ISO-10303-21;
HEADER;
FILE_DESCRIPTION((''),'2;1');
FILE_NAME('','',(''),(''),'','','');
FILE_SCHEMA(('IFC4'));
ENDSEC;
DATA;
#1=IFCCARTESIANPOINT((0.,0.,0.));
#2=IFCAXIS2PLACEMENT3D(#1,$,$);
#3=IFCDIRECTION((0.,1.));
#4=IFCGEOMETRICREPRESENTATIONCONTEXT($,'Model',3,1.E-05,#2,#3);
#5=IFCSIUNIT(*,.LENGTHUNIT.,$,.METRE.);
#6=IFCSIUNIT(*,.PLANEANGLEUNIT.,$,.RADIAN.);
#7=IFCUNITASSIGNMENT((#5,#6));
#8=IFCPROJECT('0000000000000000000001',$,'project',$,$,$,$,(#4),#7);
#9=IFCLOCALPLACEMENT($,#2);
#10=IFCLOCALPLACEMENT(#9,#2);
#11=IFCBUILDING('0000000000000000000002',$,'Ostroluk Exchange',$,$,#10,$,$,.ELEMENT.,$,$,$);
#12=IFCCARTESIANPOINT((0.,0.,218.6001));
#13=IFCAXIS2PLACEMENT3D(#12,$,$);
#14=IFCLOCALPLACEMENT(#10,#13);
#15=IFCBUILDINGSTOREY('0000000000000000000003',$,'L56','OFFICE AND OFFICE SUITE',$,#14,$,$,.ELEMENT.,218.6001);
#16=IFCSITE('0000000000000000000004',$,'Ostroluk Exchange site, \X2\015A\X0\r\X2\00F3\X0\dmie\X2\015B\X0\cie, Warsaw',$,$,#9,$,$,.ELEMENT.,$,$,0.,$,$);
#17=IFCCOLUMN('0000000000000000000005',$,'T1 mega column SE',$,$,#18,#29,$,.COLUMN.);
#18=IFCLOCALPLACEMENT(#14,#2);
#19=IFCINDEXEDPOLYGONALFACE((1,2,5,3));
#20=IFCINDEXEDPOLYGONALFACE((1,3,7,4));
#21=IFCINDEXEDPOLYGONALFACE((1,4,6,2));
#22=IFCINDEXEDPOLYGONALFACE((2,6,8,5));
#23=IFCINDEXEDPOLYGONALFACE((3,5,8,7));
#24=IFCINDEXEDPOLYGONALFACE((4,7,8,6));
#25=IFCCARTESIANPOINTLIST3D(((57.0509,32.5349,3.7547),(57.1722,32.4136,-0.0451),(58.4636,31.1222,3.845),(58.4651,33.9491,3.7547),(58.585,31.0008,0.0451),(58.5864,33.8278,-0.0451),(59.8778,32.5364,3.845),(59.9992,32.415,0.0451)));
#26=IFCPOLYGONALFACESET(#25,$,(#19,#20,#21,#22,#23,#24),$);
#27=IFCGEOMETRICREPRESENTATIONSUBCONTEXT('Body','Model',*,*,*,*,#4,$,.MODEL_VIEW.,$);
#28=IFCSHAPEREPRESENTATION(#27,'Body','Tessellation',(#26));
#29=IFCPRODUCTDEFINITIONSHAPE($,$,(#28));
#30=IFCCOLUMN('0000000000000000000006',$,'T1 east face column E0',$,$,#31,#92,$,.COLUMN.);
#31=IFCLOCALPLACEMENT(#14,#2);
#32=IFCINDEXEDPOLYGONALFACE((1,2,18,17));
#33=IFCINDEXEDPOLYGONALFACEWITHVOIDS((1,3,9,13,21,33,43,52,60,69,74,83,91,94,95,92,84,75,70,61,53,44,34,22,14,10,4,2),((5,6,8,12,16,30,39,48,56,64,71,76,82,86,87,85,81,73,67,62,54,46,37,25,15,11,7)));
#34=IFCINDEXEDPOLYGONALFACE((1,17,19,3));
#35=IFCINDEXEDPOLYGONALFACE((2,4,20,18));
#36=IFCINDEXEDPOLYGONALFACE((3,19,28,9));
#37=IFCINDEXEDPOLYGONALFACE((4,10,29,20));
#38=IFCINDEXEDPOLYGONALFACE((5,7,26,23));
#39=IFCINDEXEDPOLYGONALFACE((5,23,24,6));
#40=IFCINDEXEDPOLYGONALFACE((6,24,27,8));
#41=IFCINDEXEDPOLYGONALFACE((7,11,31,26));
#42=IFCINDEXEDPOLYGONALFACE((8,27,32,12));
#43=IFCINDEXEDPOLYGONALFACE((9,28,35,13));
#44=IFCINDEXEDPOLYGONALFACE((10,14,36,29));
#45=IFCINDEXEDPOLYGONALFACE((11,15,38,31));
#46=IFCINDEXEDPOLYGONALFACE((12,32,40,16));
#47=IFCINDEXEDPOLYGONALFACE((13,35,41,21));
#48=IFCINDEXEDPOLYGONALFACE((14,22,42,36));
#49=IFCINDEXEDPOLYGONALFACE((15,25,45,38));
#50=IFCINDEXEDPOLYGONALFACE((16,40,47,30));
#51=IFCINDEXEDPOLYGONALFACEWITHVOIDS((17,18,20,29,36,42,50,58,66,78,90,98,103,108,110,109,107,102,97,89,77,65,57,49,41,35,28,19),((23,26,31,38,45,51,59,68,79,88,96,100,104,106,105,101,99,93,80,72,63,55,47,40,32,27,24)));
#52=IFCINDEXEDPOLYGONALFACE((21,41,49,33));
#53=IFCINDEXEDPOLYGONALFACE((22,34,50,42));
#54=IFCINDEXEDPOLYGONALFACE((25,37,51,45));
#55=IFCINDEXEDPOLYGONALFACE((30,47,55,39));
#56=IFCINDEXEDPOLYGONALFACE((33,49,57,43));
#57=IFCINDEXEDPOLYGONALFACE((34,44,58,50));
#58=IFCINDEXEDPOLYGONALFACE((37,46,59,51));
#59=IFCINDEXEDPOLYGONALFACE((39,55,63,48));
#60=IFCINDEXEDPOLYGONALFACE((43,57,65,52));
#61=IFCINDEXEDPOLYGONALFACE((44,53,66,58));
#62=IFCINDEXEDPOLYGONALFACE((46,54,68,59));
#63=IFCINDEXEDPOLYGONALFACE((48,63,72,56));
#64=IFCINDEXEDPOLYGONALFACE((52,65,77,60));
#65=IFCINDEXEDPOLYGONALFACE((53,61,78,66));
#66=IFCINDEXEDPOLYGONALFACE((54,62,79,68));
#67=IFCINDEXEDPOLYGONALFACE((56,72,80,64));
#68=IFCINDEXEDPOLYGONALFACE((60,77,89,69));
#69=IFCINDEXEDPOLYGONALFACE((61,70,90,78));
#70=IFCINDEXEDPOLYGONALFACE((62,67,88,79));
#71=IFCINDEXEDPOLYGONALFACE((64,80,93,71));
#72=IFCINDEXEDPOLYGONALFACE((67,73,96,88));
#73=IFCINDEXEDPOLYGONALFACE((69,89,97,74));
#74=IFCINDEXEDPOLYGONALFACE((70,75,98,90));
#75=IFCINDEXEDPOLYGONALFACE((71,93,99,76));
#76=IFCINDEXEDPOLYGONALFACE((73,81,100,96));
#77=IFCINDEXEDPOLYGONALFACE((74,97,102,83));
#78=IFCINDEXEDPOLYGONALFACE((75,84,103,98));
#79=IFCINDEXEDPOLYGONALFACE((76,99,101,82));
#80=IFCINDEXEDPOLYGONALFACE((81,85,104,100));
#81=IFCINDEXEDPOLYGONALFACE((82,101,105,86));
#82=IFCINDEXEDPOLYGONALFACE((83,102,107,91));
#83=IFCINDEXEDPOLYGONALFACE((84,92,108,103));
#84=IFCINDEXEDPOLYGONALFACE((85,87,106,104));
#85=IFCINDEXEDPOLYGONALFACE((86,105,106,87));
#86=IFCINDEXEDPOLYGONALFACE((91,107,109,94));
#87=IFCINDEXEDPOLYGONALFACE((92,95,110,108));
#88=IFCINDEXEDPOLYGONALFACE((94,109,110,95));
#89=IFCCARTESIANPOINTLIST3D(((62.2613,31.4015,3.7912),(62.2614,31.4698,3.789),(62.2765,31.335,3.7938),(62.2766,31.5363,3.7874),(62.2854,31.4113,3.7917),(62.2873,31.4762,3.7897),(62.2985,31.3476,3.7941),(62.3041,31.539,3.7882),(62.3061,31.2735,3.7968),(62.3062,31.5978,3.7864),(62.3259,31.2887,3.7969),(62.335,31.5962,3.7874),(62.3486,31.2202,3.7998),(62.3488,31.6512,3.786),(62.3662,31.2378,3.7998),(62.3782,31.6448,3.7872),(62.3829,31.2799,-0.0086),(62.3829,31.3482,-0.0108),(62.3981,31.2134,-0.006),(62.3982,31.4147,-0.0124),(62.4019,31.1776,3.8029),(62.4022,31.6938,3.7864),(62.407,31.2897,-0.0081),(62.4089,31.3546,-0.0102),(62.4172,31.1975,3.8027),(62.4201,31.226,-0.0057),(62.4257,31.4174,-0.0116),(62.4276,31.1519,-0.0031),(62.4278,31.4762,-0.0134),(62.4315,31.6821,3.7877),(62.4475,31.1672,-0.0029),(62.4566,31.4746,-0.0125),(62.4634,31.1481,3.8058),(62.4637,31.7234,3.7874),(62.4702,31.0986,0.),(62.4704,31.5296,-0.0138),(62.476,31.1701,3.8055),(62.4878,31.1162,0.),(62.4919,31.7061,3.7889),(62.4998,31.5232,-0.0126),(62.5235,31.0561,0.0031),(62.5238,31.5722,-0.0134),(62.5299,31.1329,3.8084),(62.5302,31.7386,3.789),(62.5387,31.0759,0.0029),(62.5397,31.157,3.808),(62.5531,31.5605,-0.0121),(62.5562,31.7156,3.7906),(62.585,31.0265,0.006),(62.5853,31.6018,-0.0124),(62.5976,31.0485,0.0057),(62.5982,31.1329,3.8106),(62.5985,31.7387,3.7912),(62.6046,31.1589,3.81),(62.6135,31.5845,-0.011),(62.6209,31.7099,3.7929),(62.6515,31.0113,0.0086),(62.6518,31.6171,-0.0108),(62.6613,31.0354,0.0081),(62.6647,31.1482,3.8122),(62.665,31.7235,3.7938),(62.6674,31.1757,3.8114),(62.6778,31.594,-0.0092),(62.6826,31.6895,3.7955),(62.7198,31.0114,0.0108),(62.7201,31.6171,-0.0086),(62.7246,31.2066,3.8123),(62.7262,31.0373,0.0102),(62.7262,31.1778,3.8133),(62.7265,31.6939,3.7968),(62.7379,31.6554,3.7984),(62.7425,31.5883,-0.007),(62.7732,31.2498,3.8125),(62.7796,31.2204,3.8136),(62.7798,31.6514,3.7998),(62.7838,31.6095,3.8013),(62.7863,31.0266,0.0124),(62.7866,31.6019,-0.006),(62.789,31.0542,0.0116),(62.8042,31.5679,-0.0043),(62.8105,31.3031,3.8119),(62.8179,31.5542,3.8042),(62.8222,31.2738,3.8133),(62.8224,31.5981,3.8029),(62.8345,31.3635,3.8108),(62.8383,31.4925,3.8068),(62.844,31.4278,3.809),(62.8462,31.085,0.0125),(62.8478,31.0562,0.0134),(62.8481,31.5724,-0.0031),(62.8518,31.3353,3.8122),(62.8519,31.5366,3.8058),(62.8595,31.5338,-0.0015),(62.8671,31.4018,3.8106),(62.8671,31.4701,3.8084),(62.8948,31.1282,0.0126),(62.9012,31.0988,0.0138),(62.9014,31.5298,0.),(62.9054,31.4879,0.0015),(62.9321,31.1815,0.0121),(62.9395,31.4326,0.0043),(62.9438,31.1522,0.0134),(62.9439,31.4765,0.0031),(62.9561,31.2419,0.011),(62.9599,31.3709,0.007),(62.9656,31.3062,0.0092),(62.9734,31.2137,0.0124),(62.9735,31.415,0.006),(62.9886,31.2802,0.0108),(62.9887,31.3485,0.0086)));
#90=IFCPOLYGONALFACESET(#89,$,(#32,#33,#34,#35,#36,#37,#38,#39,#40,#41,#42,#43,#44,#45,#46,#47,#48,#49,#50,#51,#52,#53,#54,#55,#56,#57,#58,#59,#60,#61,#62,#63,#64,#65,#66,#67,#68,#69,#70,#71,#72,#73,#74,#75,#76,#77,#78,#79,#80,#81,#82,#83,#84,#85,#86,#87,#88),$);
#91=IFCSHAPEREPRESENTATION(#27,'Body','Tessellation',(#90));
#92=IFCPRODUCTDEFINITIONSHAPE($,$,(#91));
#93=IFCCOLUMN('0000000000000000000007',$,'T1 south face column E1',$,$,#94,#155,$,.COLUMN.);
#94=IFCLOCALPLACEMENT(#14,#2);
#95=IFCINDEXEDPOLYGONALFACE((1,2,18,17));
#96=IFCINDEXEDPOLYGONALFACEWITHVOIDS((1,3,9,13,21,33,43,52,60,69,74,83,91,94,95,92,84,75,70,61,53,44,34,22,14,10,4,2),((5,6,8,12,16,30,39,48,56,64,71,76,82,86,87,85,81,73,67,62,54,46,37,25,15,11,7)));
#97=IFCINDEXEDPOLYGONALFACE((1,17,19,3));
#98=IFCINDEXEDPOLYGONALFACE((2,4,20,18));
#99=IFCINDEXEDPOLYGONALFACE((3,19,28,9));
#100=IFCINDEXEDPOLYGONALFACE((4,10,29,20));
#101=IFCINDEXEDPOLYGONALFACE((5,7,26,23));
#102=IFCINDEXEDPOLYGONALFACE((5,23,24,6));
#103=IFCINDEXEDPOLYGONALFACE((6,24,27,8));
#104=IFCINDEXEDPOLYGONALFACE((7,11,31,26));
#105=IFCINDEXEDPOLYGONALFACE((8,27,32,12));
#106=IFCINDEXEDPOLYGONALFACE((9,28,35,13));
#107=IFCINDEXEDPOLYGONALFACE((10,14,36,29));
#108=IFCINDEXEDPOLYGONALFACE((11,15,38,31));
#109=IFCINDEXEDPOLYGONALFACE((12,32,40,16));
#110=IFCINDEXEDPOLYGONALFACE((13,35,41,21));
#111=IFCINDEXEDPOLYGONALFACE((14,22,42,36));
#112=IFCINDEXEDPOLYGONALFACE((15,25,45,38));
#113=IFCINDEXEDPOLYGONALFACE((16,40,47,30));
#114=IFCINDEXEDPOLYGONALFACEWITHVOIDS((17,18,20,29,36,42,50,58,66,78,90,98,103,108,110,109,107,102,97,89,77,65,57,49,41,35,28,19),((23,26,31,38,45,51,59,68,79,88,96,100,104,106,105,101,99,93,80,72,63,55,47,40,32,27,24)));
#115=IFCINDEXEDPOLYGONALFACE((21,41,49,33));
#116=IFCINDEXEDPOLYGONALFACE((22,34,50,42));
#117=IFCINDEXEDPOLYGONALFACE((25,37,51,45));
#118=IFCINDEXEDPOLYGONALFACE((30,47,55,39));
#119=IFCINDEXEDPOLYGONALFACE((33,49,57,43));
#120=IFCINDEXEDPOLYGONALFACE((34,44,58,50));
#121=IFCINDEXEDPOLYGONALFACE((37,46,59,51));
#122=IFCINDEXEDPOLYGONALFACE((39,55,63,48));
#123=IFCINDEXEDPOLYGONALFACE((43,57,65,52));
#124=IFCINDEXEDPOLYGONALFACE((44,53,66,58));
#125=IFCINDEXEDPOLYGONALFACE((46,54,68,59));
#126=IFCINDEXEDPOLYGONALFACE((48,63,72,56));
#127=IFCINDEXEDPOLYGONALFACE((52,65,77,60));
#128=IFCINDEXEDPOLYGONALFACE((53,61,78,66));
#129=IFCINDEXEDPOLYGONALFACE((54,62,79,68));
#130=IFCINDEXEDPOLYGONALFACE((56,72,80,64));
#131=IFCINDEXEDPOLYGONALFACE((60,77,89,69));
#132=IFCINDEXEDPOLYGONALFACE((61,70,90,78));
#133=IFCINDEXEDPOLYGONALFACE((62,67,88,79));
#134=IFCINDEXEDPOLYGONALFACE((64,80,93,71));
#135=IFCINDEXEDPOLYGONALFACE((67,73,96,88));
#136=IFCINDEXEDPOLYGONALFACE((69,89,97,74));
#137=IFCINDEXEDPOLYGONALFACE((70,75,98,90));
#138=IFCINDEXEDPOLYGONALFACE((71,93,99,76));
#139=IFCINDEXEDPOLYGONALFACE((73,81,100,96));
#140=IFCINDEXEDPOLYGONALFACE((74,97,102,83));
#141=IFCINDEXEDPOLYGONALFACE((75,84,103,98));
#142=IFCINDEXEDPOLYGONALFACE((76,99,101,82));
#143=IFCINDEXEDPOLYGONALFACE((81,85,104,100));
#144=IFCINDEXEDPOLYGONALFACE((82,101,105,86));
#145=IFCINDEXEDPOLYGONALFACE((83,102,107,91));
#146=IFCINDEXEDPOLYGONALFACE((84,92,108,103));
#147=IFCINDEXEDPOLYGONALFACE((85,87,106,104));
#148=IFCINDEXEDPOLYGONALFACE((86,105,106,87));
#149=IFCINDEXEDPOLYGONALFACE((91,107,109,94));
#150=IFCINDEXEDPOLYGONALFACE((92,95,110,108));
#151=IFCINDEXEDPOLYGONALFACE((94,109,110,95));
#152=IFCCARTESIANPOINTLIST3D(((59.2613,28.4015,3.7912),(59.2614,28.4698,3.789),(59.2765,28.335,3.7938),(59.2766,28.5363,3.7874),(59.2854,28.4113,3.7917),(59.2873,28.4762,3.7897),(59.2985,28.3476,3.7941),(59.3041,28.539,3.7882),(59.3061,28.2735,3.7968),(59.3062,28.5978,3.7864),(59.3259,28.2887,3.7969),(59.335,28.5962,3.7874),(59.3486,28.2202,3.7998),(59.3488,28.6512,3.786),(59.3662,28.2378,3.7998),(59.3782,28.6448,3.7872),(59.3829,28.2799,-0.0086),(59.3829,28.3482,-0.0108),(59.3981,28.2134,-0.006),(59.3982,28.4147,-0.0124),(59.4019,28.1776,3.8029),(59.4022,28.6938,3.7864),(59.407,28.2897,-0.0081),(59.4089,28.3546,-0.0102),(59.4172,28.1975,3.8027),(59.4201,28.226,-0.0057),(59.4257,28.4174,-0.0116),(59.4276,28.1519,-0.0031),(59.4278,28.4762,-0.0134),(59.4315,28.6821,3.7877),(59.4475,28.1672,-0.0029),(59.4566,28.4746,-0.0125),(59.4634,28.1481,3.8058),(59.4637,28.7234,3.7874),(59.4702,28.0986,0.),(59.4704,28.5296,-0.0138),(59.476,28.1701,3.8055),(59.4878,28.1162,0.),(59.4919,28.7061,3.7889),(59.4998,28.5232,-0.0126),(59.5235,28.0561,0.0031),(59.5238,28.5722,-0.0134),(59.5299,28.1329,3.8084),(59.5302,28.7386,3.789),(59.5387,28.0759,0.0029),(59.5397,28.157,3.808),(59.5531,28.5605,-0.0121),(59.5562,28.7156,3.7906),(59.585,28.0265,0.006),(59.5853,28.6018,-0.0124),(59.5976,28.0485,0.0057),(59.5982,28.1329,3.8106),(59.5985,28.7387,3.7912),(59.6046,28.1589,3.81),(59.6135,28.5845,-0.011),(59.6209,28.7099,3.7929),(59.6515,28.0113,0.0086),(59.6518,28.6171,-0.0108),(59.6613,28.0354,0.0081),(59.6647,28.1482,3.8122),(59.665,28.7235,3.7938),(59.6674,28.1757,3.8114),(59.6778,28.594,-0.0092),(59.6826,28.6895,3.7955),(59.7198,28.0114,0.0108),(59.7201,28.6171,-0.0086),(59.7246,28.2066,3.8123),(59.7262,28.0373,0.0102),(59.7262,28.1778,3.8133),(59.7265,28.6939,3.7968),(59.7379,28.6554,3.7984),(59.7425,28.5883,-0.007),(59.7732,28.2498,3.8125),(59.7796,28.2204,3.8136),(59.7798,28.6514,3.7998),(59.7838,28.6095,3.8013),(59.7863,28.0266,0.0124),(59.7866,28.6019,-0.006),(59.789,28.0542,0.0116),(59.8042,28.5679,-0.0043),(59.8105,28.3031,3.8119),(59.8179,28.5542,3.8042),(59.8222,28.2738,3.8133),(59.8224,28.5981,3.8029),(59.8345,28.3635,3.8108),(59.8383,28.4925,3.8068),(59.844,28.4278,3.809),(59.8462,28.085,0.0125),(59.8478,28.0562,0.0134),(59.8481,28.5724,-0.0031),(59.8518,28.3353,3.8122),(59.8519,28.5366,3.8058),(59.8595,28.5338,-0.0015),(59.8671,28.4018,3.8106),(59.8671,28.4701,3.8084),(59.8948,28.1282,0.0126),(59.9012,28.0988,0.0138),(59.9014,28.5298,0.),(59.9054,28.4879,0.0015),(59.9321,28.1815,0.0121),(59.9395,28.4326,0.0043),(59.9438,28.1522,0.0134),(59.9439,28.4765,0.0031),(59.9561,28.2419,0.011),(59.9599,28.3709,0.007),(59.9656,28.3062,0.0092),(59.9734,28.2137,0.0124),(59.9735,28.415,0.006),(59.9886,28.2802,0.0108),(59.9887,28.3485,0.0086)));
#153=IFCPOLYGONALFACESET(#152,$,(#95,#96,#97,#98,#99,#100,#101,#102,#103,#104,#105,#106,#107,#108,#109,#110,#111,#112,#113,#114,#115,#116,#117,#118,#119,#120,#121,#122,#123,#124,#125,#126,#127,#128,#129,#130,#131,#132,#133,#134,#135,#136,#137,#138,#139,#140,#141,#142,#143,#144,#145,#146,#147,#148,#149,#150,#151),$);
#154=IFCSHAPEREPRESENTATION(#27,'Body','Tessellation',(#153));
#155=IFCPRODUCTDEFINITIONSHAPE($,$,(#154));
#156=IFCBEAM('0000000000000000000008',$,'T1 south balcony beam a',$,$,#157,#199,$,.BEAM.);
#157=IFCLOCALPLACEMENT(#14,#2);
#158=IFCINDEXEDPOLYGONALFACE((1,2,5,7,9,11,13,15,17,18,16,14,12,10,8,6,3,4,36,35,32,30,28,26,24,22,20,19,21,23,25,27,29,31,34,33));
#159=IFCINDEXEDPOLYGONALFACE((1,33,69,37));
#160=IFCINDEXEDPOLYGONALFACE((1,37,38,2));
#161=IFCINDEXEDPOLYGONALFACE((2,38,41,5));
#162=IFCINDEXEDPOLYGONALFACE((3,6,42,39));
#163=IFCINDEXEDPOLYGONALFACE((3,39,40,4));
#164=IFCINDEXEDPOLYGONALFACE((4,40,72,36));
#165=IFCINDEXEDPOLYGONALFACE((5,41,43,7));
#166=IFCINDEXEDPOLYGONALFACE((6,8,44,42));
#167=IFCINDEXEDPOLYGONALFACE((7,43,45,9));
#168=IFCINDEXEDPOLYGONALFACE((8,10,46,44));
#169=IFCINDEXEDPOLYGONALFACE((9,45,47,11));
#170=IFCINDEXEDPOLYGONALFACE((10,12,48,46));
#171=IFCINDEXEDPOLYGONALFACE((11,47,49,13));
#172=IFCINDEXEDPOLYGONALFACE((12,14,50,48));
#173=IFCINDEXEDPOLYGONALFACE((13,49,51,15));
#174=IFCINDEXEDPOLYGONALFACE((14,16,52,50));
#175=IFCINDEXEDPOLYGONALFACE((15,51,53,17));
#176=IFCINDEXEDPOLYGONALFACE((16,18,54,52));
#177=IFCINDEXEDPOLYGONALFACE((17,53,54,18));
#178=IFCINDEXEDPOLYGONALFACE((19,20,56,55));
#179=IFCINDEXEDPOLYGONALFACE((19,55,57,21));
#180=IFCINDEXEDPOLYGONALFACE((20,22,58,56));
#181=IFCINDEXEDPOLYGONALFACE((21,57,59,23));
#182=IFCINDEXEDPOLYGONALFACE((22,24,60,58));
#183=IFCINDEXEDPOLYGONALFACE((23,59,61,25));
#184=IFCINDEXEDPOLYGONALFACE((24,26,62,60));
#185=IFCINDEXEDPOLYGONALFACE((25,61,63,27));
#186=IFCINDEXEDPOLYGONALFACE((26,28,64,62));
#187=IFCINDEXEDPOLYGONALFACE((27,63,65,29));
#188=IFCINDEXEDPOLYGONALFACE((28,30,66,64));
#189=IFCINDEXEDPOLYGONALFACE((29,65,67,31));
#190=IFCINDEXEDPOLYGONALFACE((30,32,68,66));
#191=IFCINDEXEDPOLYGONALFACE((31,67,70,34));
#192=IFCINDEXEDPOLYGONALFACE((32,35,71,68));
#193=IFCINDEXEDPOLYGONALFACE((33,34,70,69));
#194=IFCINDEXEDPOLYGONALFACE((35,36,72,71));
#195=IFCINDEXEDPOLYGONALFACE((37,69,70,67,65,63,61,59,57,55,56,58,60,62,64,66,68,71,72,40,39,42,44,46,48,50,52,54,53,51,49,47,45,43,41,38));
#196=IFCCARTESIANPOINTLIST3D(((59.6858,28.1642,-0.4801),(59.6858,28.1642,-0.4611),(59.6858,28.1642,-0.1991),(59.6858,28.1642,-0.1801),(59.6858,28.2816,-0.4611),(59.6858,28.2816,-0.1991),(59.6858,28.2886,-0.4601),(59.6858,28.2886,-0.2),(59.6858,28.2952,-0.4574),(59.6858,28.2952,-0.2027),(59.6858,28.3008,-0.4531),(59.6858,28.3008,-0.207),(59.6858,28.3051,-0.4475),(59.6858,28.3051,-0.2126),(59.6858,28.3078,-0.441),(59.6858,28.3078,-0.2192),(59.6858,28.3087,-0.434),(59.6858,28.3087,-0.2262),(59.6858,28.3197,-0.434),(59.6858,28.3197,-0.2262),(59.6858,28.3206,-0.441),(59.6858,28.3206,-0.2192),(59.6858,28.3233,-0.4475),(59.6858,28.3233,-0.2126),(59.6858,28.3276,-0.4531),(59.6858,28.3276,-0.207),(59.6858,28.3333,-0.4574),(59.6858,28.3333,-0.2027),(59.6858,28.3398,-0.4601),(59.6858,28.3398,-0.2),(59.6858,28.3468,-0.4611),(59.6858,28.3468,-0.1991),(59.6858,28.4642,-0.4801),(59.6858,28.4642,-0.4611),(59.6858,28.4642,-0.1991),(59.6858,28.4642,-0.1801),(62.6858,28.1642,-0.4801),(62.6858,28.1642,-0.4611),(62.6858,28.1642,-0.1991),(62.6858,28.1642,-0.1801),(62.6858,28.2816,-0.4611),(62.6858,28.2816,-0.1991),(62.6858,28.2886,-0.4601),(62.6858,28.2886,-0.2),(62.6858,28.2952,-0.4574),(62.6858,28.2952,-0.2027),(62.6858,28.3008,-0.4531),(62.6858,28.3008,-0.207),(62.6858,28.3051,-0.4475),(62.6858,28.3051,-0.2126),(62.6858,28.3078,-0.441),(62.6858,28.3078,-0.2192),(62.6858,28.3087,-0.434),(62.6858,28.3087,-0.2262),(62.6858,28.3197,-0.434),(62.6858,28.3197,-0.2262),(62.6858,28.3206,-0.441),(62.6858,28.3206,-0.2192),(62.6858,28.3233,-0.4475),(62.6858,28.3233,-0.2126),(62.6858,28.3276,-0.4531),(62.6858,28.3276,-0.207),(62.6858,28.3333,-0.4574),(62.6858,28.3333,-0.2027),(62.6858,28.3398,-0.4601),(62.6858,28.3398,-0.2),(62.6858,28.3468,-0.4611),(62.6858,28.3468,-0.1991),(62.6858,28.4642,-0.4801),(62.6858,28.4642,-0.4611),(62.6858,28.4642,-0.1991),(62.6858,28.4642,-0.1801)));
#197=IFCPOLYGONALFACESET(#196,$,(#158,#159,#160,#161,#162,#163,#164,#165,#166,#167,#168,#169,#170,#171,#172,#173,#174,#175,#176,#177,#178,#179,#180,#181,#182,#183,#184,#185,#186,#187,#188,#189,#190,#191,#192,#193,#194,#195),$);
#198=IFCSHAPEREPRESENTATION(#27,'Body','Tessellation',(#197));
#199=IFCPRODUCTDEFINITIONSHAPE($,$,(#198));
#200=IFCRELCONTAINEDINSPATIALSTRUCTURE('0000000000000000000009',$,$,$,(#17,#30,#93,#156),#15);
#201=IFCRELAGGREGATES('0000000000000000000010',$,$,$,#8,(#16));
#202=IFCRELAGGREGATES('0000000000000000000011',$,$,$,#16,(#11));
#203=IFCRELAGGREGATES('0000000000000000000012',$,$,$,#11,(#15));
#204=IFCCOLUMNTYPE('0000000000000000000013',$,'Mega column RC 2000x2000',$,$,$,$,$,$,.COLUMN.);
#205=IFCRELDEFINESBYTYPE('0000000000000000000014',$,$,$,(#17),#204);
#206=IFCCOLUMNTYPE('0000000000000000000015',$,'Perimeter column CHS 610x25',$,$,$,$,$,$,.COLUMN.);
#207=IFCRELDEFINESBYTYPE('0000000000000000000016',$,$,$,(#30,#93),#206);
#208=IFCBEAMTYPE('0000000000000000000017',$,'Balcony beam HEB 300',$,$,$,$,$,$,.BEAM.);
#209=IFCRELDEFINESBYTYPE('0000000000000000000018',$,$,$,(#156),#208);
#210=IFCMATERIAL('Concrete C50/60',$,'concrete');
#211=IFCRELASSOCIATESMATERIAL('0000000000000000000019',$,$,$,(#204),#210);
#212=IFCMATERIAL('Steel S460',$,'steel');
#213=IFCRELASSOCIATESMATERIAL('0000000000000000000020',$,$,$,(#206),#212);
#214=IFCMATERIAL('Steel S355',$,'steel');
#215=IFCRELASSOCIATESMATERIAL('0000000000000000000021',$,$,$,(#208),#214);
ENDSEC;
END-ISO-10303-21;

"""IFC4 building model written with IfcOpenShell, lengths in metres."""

from ifc_helpers import new_model, si_unit, direction, frame, origin, origin_2d, place, context, subcontext, project, spatial, rectangle, hollow_circle, i_section, extrude, material, material_profile, profile_set, type_object, element, save


model = new_model("IFC4")

# Units and contexts
model_context = context("Model", 3, precision=1e-05, world=origin(), true_north=direction((0.0, 1.0)))
body_context = subcontext(model_context, "Body", "Model", "MODEL_VIEW")
ifc_project = project(units=[si_unit("LENGTHUNIT", "METRE"), si_unit("PLANEANGLEUNIT", "RADIAN")], contexts=[model_context])

# Site, building, storey
site_placement = place(None, origin())
site = spatial("IfcSite", under=ifc_project, at=site_placement, Name="Ostroluk Exchange site, Śródmieście, Warsaw", CompositionType="ELEMENT", RefElevation=0.0)
building_placement = place(site_placement, origin())
building = spatial("IfcBuilding", under=site, at=building_placement, Name="Ostroluk Exchange", CompositionType="ELEMENT")
storey_placement = place(building_placement, frame((0.0, 0.0, 218.6001)))
storey = spatial("IfcBuildingStorey", under=building, at=storey_placement, Name="L56", Description="OFFICE AND OFFICE SUITE", CompositionType="ELEMENT", Elevation=218.6001)

# Columns
ifc_material_1 = material(Name="Concrete C50/60", Category="concrete")
ifc_material_profile_1 = material_profile(ifc_material_1, rectangle(XDim=2.0, YDim=2.0, at=origin_2d()), Name="RC 2000x2000")
ifc_profile_set_1 = profile_set([ifc_material_profile_1], Name="Concrete C50/60")
column_type_1 = type_object("IfcColumnType", Name="Mega column RC 2000x2000", PredefinedType="COLUMN", material=ifc_profile_set_1)
column_placement = place(storey_placement, frame((58.5857, 32.4143, 0.0), z_axis=(-0.0319, 0.0319, 0.998982), x_axis=(-0.707107, -0.707107, 0.0)))
element("IfcColumn", 1, at=column_placement, inside=storey, type_object=column_type_1, Name="T1 mega column SE", PredefinedType="COLUMN", context=body_context, shape_type="SweptSolid", body=[
    extrude(rectangle(XDim=2.0, YDim=2.0, at=origin_2d()), origin(), (0.0, 0.0, 1.0), 3.8037),
])
ifc_material_2 = material(Name="Steel S460", Category="steel")
ifc_material_profile_2 = material_profile(ifc_material_2, hollow_circle(Radius=0.3049, WallThickness=0.0249, at=origin_2d()), Name="CHS 610x25")
ifc_profile_set_2 = profile_set([ifc_material_profile_2], Name="Steel S460")
column_type_2 = type_object("IfcColumnType", Name="Perimeter column CHS 610x25", PredefinedType="COLUMN", material=ifc_profile_set_2)
for number, where, z_axis, x_axis, name in (
    (2, (62.6858, 31.3142, 0.0), (-0.031964, 0.031964, 0.998978), (-0.707107, -0.707107, 0.0), "T1 east face column E0"),
    (3, (59.6858, 28.3142, 0.0), (-0.031964, 0.031964, 0.998978), (-0.707107, -0.707107, 0.0), "T1 south face column E1"),
):
    element("IfcColumn", number, at=place(storey_placement, frame(where, z_axis=z_axis, x_axis=x_axis)), inside=storey, type_object=column_type_2, Name=name, PredefinedType="COLUMN", context=body_context, shape_type="SweptSolid", body=[
        extrude(hollow_circle(Radius=0.3049, WallThickness=0.0249, at=origin_2d()), origin(), (0.0, 0.0, 1.0), 3.8037),
    ])

# Beam
ifc_material_3 = material(Name="Steel S355", Category="steel")
ifc_material_profile_3 = material_profile(ifc_material_3, i_section(OverallWidth=0.3, OverallDepth=0.3, WebThickness=0.011, FlangeThickness=0.019, FilletRadius=0.0271, at=origin_2d()), Name="HEB 300")
ifc_profile_set_3 = profile_set([ifc_material_profile_3], Name="Steel S355")
beam_type_1 = type_object("IfcBeamType", Name="Balcony beam HEB 300", PredefinedType="BEAM", material=ifc_profile_set_3)
for number, where, z_axis, x_axis, name in (
    (4, (59.6858, 28.3142, -0.3301), (1.0, 0.0, 0.0), (0.0, 1.0, 0.0), "T1 south balcony beam a"),
):
    element("IfcBeam", number, at=place(storey_placement, frame(where, z_axis=z_axis, x_axis=x_axis)), inside=storey, type_object=beam_type_1, Name=name, PredefinedType="BEAM", context=body_context, shape_type="SweptSolid", body=[
        extrude(i_section(OverallWidth=0.3, OverallDepth=0.3, WebThickness=0.011, FlangeThickness=0.019, FilletRadius=0.0271, at=origin_2d()), origin(), (0.0, 0.0, 1.0), 3.0),
    ])

save(model, "model.ifc")
